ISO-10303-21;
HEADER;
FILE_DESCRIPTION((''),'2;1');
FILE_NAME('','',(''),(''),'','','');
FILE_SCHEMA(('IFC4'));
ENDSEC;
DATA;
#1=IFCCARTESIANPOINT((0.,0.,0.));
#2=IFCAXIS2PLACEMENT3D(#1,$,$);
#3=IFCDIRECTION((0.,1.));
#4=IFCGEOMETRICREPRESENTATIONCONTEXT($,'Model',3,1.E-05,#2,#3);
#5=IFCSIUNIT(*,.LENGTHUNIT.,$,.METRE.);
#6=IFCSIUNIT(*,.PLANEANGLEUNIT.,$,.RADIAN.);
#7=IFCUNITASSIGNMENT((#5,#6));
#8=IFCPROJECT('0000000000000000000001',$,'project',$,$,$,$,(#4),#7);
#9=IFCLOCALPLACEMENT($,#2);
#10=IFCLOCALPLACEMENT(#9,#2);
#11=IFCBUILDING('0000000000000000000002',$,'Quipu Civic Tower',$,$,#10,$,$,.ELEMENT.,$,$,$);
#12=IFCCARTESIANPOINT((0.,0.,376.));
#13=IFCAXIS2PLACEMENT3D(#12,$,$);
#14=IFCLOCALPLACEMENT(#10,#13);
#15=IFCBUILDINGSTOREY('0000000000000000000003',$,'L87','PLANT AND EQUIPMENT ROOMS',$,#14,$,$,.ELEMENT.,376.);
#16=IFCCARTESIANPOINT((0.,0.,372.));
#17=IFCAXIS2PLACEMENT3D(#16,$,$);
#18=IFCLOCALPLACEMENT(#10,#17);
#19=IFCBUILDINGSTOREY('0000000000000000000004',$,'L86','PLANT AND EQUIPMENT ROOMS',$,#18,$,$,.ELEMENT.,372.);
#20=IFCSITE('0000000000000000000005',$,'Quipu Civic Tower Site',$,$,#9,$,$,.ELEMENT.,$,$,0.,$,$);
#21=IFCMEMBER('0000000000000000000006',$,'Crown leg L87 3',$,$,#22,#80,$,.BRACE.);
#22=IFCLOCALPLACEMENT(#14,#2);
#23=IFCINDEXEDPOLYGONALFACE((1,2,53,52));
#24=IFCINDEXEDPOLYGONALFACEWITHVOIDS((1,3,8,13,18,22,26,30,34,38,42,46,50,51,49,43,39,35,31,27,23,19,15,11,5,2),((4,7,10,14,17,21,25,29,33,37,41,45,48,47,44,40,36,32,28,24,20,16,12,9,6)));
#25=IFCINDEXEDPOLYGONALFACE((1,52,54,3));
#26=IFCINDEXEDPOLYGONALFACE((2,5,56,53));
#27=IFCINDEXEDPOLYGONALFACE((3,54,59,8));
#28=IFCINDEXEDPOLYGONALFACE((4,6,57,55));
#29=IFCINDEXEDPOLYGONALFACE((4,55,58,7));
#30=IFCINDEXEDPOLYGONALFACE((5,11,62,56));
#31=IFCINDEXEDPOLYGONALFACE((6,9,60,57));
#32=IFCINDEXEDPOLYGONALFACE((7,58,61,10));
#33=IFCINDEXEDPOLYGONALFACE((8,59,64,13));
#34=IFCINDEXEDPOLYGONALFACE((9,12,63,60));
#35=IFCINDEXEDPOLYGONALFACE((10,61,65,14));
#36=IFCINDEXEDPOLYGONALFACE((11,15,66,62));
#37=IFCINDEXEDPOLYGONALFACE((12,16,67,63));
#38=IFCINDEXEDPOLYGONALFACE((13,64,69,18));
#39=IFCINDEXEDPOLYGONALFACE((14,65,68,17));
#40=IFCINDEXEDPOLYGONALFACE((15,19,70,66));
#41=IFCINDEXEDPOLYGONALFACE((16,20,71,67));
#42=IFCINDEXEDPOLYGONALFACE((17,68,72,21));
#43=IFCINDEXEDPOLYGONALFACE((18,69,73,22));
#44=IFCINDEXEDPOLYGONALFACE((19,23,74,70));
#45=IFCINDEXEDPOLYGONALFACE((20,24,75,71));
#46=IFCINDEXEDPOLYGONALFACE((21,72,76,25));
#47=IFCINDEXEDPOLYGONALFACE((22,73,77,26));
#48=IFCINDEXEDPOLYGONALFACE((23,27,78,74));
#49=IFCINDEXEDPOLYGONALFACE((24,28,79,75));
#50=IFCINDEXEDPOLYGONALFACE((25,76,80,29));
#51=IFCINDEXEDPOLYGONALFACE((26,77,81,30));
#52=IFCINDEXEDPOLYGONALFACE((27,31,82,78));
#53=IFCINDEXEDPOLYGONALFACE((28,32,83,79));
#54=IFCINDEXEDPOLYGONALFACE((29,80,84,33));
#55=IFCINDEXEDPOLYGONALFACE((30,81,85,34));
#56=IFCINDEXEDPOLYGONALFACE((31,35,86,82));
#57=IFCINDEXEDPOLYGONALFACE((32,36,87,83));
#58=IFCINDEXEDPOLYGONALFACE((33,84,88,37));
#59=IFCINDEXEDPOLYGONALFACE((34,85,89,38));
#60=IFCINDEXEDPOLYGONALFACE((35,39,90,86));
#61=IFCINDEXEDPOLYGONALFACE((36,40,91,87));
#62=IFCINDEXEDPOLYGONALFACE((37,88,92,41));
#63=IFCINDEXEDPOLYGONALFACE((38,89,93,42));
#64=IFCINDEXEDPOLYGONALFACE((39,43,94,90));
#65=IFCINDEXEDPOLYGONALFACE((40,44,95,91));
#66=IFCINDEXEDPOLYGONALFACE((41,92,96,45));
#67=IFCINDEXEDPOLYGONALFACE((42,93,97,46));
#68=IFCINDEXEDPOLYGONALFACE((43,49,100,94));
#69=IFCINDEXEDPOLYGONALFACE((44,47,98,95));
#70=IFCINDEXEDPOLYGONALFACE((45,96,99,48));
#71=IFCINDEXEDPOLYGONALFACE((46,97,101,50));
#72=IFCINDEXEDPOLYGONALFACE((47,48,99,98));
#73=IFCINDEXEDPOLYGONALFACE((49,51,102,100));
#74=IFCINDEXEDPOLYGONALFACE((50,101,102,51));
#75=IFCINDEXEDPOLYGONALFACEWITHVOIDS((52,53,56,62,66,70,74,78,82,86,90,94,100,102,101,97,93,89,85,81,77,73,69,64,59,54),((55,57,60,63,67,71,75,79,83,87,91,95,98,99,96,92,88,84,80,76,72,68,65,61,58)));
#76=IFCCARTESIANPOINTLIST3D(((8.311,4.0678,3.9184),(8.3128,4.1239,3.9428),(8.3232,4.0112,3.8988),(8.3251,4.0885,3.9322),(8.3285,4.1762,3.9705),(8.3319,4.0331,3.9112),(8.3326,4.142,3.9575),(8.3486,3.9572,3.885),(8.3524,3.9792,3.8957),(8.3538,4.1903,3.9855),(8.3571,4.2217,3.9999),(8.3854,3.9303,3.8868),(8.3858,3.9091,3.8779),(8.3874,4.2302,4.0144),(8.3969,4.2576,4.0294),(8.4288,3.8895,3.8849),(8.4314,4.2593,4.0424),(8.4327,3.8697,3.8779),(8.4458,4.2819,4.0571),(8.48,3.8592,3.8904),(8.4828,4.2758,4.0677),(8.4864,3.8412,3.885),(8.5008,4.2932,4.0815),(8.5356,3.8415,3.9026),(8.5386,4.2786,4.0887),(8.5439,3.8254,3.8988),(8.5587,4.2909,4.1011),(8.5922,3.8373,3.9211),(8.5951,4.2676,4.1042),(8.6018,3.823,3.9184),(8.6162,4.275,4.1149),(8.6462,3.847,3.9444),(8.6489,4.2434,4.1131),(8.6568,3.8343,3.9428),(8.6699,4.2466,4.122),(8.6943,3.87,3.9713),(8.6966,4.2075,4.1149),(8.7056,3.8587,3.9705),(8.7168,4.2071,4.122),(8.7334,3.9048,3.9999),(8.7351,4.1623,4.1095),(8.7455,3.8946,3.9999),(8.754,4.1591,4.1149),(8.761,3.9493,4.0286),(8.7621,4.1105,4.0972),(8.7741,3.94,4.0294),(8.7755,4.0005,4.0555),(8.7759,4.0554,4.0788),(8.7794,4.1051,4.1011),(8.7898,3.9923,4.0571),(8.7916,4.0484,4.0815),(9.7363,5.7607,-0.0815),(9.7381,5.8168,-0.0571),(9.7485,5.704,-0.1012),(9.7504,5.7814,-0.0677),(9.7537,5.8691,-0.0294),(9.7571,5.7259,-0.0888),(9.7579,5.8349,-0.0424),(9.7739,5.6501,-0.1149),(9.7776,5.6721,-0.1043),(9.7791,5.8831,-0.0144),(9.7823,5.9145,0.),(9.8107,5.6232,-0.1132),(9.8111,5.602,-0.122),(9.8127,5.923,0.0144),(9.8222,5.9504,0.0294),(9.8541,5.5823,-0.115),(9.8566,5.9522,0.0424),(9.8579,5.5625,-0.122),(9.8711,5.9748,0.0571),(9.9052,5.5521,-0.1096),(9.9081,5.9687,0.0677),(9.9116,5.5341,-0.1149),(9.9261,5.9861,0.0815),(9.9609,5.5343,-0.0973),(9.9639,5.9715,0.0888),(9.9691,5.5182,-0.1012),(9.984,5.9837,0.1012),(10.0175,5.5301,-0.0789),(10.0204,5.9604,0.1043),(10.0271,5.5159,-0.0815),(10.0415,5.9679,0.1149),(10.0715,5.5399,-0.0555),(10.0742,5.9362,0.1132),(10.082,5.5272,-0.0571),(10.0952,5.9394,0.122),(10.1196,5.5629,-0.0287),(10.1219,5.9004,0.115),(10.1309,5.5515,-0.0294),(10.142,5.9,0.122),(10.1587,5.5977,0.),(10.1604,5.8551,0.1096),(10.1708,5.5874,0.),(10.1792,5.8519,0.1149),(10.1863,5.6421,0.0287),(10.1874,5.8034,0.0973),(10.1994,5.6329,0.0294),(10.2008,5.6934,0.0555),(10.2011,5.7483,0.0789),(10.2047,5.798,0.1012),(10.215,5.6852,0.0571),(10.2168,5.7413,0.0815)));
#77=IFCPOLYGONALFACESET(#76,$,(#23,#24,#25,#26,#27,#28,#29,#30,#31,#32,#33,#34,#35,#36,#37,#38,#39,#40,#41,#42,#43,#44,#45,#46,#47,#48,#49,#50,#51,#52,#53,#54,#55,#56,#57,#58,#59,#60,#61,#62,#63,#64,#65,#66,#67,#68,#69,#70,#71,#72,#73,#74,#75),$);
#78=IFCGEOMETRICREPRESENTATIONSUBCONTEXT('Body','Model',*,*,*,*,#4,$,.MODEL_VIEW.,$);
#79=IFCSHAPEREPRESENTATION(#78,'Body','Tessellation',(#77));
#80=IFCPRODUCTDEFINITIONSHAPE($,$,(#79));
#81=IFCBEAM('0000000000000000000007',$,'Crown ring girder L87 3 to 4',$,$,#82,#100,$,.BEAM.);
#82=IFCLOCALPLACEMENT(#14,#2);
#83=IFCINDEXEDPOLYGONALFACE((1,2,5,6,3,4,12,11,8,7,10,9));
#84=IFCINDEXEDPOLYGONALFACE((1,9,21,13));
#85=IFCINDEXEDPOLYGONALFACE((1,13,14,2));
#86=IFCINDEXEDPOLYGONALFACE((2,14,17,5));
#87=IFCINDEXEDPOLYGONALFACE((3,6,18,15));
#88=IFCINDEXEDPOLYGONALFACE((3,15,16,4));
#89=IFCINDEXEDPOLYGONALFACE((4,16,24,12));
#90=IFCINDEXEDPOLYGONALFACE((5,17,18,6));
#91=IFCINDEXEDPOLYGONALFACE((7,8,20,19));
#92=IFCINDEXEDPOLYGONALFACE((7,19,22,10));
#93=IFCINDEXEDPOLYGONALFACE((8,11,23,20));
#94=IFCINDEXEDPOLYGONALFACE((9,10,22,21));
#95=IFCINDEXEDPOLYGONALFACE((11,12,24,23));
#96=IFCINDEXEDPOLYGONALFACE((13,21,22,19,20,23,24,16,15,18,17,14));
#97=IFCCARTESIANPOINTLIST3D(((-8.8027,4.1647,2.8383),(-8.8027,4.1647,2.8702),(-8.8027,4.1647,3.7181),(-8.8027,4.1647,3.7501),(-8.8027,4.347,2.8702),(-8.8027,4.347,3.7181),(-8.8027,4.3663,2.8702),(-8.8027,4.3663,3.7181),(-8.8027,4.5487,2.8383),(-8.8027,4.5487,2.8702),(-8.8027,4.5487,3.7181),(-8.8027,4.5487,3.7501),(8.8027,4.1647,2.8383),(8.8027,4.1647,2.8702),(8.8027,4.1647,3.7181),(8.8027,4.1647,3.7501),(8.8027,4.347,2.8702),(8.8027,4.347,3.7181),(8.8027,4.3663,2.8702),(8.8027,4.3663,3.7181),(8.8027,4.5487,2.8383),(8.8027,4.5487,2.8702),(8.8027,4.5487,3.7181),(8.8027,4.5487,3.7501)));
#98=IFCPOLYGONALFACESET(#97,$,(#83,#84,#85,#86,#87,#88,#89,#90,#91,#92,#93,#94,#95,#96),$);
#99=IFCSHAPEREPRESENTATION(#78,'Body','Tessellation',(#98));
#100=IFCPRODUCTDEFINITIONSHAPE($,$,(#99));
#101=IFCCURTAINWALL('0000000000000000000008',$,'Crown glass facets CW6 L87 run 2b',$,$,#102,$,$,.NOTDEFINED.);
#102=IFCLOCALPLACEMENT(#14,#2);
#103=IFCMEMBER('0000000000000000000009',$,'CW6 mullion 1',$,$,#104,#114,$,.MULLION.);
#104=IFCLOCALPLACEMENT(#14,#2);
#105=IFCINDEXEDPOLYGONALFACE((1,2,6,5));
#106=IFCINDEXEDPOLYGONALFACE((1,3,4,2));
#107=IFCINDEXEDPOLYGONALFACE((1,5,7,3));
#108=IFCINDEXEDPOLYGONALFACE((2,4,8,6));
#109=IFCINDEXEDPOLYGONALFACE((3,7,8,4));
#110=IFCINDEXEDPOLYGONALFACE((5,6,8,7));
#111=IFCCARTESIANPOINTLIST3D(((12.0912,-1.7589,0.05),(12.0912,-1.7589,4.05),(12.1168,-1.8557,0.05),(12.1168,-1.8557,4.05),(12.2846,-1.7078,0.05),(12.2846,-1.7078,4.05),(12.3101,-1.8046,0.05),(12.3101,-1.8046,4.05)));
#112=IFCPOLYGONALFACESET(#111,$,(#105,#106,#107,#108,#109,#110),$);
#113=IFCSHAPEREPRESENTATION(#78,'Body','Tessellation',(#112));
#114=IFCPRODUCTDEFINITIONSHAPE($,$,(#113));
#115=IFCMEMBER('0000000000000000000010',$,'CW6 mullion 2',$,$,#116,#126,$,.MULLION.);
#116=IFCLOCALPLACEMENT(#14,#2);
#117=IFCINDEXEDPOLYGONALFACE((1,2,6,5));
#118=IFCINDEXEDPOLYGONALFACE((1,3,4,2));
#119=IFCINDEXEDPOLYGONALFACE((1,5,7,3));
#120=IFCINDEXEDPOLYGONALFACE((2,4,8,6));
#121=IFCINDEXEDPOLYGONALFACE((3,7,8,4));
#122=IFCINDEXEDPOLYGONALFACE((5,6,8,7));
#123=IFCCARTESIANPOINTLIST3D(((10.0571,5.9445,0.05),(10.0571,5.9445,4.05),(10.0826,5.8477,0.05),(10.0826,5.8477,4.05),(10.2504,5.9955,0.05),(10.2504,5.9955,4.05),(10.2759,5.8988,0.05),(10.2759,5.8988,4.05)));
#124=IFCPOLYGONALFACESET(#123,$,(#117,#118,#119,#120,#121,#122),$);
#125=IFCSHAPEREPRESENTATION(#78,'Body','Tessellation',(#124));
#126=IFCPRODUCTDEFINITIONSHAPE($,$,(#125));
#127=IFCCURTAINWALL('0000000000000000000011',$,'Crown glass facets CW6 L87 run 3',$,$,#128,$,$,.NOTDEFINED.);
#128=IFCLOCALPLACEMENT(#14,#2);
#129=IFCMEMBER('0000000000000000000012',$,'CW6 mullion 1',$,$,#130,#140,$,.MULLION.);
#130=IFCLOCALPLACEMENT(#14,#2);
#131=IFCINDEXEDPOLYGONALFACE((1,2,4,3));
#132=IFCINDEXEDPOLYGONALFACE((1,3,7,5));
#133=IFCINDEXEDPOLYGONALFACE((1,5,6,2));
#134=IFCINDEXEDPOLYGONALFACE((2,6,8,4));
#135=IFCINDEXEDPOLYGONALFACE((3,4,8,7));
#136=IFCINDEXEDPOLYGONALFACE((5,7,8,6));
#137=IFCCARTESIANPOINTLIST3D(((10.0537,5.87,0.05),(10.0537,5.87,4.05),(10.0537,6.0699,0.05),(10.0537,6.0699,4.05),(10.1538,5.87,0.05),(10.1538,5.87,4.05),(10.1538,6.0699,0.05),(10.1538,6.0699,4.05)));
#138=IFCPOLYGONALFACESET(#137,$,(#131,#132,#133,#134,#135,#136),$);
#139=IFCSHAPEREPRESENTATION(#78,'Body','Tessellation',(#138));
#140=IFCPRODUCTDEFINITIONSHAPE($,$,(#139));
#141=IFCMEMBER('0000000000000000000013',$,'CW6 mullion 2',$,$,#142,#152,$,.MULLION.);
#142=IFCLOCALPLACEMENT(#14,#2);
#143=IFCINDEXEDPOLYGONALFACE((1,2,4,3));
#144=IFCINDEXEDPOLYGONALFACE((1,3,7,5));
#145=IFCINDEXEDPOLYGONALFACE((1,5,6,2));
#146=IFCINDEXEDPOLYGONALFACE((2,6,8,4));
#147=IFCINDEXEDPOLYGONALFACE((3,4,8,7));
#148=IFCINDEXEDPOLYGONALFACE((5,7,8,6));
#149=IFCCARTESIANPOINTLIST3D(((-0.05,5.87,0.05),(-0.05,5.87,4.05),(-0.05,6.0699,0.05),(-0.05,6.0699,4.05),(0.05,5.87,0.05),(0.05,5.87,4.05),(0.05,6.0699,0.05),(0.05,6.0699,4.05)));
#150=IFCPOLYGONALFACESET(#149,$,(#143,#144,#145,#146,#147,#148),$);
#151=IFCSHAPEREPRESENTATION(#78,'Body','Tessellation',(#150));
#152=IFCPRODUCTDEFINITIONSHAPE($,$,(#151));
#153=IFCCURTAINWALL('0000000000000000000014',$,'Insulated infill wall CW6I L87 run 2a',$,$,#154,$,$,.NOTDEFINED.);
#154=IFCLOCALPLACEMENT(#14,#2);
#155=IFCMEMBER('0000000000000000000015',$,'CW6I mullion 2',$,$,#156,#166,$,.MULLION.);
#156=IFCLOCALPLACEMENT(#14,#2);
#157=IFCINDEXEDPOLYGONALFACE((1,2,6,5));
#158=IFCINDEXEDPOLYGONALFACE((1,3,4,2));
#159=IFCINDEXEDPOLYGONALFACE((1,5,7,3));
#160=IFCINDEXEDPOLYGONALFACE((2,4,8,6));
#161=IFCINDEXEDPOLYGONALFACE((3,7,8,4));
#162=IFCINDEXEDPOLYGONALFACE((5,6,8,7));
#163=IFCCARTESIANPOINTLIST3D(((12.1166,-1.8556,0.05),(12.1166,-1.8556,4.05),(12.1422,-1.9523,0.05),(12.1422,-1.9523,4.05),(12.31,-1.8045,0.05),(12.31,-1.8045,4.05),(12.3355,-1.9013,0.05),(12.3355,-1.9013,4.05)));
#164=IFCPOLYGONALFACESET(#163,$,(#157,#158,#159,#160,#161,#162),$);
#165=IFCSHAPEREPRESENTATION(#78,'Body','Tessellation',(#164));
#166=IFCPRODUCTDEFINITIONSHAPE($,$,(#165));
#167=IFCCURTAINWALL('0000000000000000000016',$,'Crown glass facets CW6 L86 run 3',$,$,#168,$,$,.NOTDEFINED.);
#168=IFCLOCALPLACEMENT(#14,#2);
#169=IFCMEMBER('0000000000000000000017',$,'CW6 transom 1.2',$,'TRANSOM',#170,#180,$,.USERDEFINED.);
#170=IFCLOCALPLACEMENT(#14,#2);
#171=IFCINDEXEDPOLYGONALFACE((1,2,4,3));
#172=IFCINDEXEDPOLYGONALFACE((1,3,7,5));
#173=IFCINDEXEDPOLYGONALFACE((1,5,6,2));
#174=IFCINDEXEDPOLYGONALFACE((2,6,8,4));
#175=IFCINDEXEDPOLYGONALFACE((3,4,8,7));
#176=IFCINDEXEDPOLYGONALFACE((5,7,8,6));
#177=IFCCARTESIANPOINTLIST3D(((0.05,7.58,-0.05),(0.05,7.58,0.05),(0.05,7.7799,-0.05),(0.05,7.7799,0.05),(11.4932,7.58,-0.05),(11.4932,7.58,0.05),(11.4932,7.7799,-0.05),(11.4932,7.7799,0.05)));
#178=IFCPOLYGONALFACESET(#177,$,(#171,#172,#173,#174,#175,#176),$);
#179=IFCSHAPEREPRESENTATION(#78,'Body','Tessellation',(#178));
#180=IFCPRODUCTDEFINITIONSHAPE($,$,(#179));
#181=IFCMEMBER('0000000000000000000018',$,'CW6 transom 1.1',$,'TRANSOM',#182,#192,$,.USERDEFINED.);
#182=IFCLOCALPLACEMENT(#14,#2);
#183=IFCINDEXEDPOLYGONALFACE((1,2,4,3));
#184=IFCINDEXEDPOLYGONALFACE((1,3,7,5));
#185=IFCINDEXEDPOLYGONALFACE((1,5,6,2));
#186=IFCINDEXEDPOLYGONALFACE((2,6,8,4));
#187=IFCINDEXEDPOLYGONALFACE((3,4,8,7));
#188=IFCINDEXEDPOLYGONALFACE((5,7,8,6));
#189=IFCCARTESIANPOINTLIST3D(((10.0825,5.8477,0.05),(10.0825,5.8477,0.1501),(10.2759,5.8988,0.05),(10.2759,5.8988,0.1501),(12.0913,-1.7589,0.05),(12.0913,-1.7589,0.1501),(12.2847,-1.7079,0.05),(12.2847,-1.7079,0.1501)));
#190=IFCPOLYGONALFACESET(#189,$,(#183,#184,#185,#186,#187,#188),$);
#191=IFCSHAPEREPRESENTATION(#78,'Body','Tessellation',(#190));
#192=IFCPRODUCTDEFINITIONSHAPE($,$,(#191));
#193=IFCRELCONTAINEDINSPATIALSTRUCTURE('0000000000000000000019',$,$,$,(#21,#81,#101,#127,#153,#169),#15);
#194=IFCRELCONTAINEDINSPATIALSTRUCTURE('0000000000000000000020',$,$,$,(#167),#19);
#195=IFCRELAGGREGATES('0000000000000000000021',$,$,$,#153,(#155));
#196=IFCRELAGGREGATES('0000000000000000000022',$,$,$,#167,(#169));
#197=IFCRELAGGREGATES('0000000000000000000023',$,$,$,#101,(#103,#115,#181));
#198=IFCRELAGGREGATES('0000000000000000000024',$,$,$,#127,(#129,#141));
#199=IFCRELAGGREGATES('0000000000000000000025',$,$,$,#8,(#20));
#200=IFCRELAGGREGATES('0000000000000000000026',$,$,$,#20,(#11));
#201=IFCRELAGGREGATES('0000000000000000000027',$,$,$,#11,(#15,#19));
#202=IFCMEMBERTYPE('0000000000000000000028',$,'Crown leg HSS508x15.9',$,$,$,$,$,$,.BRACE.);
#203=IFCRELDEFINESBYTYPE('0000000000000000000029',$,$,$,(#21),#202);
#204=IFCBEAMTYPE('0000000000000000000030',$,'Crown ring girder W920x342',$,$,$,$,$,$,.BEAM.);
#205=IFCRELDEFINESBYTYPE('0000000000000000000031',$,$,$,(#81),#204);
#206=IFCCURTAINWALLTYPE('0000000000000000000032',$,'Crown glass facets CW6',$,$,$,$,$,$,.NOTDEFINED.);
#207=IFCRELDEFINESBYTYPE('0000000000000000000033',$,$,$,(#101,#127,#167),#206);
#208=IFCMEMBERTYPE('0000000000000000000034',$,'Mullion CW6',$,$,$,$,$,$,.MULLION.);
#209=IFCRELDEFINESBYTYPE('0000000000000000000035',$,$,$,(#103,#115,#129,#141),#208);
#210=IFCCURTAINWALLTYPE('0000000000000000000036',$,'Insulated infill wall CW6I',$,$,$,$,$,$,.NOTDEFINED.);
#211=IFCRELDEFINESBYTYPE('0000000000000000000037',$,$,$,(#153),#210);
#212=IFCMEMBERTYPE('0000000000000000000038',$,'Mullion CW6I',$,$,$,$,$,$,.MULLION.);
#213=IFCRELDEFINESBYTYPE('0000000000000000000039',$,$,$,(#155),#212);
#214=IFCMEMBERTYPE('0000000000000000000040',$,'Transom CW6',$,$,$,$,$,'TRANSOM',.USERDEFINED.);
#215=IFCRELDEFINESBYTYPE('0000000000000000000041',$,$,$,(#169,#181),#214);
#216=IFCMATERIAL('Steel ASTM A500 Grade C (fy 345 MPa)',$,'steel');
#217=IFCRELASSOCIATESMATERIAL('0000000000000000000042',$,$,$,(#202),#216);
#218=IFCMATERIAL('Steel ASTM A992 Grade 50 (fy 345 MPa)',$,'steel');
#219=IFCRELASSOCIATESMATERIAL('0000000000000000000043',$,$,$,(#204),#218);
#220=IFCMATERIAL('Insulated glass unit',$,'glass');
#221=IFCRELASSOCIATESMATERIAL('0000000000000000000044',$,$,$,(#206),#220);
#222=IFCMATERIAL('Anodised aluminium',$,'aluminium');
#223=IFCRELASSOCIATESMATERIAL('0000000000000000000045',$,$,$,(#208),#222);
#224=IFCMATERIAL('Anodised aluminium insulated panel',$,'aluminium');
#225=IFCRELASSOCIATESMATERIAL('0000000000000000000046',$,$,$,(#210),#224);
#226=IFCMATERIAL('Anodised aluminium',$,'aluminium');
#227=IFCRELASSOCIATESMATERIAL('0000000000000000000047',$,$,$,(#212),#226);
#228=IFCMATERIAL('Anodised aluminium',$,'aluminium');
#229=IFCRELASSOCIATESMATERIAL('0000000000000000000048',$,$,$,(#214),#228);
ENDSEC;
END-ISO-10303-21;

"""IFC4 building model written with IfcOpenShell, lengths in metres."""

from ifc_helpers import new_model, si_unit, direction, frame, origin, origin_2d, place, context, subcontext, project, spatial, rectangle, hollow_circle, i_section, extrude, material, material_profile, profile_set, type_object, element, aggregate, save


model = new_model("IFC4")

# Units and contexts
model_context = context("Model", 3, precision=1e-05, world=origin(), true_north=direction((0.0, 1.0)))
body_context = subcontext(model_context, "Body", "Model", "MODEL_VIEW")
ifc_project = project(units=[si_unit("LENGTHUNIT", "METRE"), si_unit("PLANEANGLEUNIT", "RADIAN")], contexts=[model_context])

# Site, building, storey
site_placement = place(None, origin())
site = spatial("IfcSite", under=ifc_project, at=site_placement, Name="Quipu Civic Tower Site", CompositionType="ELEMENT", RefElevation=0.0)
building_placement = place(site_placement, origin())
building = spatial("IfcBuilding", under=site, at=building_placement, Name="Quipu Civic Tower", CompositionType="ELEMENT")
storey_1_placement = place(building_placement, frame((0.0, 0.0, 376.0)))
storey_1 = spatial("IfcBuildingStorey", under=building, at=storey_1_placement, Name="L87", Description="PLANT AND EQUIPMENT ROOMS", CompositionType="ELEMENT", Elevation=376.0)

# Member
ifc_material_1 = material(Name="Steel ASTM A500 Grade C (fy 345 MPa)", Category="steel")
ifc_material_profile_1 = material_profile(ifc_material_1, hollow_circle(Radius=0.2539, WallThickness=0.0159, at=origin_2d()), Name="HSS508x15.9")
ifc_profile_set_1 = profile_set([ifc_material_profile_1], Name="Steel ASTM A500 Grade C (fy 345 MPa)")
member_type_1 = type_object("IfcMemberType", Name="Crown leg HSS508x15.9", PredefinedType="BRACE", material=ifc_profile_set_1)
member_1_placement = place(storey_1_placement, frame((9.9766, 5.751, 0.0), z_axis=(-0.311788, -0.370322, 0.875014), x_axis=(0.764974, -0.644061, 0.0)))
element("IfcMember", 1, at=member_1_placement, inside=storey_1, type_object=member_type_1, Name="Crown leg L87 3", PredefinedType="BRACE", context=body_context, shape_type="SweptSolid", body=[
    extrude(hollow_circle(Radius=0.2539, WallThickness=0.0159, at=origin_2d()), origin(), (0.0, 0.0, 1.0), 4.5713),
])

# Beam
ifc_material_2 = material(Name="Steel ASTM A992 Grade 50 (fy 345 MPa)", Category="steel")
ifc_material_profile_2 = material_profile(ifc_material_2, i_section(OverallWidth=0.384, OverallDepth=0.9119, WebThickness=0.0193, FlangeThickness=0.032, at=origin_2d()), Name="W920x342")
ifc_profile_set_2 = profile_set([ifc_material_profile_2], Name="Steel ASTM A992 Grade 50 (fy 345 MPa)")
beam_type = type_object("IfcBeamType", Name="Crown ring girder W920x342", PredefinedType="BEAM", material=ifc_profile_set_2)
beam_placement = place(storey_1_placement, frame((8.8027, 4.3567, 3.2942), z_axis=(-1.0, 0.0, 0.0), x_axis=(0.0, -1.0, 0.0)))
element("IfcBeam", 2, at=beam_placement, inside=storey_1, type_object=beam_type, Name="Crown ring girder L87 3 to 4", PredefinedType="BEAM", context=body_context, shape_type="SweptSolid", body=[
    extrude(i_section(OverallWidth=0.384, OverallDepth=0.9119, WebThickness=0.0193, FlangeThickness=0.032, at=origin_2d()), origin(), (0.0, 0.0, 1.0), 17.6055),
])

# Curtain walls, members
ifc_material_3 = material(Name="Insulated glass unit", Category="glass")
curtain_wall_type_1 = type_object("IfcCurtainWallType", Name="Crown glass facets CW6", PredefinedType="NOTDEFINED", material=ifc_material_3)
curtain_wall_1_placement = place(storey_1_placement, origin())
curtain_wall_1 = element("IfcCurtainWall", 3, at=curtain_wall_1_placement, inside=storey_1, type_object=curtain_wall_type_1, Name="Crown glass facets CW6 L87 run 2b", PredefinedType="NOTDEFINED")
ifc_material_4 = material(Name="Anodised aluminium", Category="aluminium")
ifc_material_profile_3 = material_profile(ifc_material_4, rectangle(XDim=0.2, YDim=0.1001, at=origin_2d()), Name="RECT 200x100")
ifc_profile_set_3 = profile_set([ifc_material_profile_3], Name="Anodised aluminium")
member_type_2 = type_object("IfcMemberType", Name="Mullion CW6", PredefinedType="MULLION", material=ifc_profile_set_3)
member_2_placement = place(storey_1_placement, frame((12.2007, -1.7817, 0.05), z_axis=(0.0, 0.0, 1.0), x_axis=(-0.966859, -0.255313, 0.0)))
member_2 = element("IfcMember", 4, at=member_2_placement, type_object=member_type_2, Name="CW6 mullion 1", PredefinedType="MULLION", context=body_context, shape_type="SweptSolid", body=[
    extrude(rectangle(XDim=0.2, YDim=0.1001, at=origin_2d()), origin(), (0.0, 0.0, 1.0), 4.0),
])
member_3_placement = place(storey_1_placement, frame((10.1665, 5.9216, 0.05), z_axis=(0.0, 0.0, 1.0), x_axis=(-0.966859, -0.255313, 0.0)))
member_3 = element("IfcMember", 5, at=member_3_placement, type_object=member_type_2, Name="CW6 mullion 2", PredefinedType="MULLION", context=body_context, shape_type="SweptSolid", body=[
    extrude(rectangle(XDim=0.2, YDim=0.1001, at=origin_2d()), origin(), (0.0, 0.0, 1.0), 4.0),
])
curtain_wall_2_placement = place(storey_1_placement, origin())
curtain_wall_2 = element("IfcCurtainWall", 6, at=curtain_wall_2_placement, inside=storey_1, type_object=curtain_wall_type_1, Name="Crown glass facets CW6 L87 run 3", PredefinedType="NOTDEFINED")
member_4_placement = place(storey_1_placement, frame((10.1038, 5.97, 0.05), z_axis=(0.0, 0.0, 1.0), x_axis=(0.0, -1.0, 0.0)))
member_4 = element("IfcMember", 7, at=member_4_placement, type_object=member_type_2, Name="CW6 mullion 1", PredefinedType="MULLION", context=body_context, shape_type="SweptSolid", body=[
    extrude(rectangle(XDim=0.2, YDim=0.1001, at=origin_2d()), origin(), (0.0, 0.0, 1.0), 4.0),
])
member_5_placement = place(storey_1_placement, frame((0.0, 5.97, 0.05), z_axis=(0.0, 0.0, 1.0), x_axis=(0.0, -1.0, 0.0)))
member_5 = element("IfcMember", 8, at=member_5_placement, type_object=member_type_2, Name="CW6 mullion 2", PredefinedType="MULLION", context=body_context, shape_type="SweptSolid", body=[
    extrude(rectangle(XDim=0.2, YDim=0.1001, at=origin_2d()), origin(), (0.0, 0.0, 1.0), 4.0),
])

# Curtain wall, member
ifc_material_5 = material(Name="Anodised aluminium insulated panel", Category="aluminium")
curtain_wall_type_2 = type_object("IfcCurtainWallType", Name="Insulated infill wall CW6I", PredefinedType="NOTDEFINED", material=ifc_material_5)
curtain_wall_3_placement = place(storey_1_placement, origin())
curtain_wall_3 = element("IfcCurtainWall", 9, at=curtain_wall_3_placement, inside=storey_1, type_object=curtain_wall_type_2, Name="Insulated infill wall CW6I L87 run 2a", PredefinedType="NOTDEFINED")
ifc_material_6 = material(Name="Anodised aluminium", Category="aluminium")
ifc_material_profile_4 = material_profile(ifc_material_6, rectangle(XDim=0.2, YDim=0.1001, at=origin_2d()), Name="RECT 200x100")
ifc_profile_set_4 = profile_set([ifc_material_profile_4], Name="Anodised aluminium")
member_type_3 = type_object("IfcMemberType", Name="Mullion CW6I", PredefinedType="MULLION", material=ifc_profile_set_4)
member_6_placement = place(storey_1_placement, frame((12.2261, -1.8784, 0.05), z_axis=(0.0, 0.0, 1.0), x_axis=(-0.966859, -0.255313, 0.0)))
member_6 = element("IfcMember", 10, at=member_6_placement, type_object=member_type_3, Name="CW6I mullion 2", PredefinedType="MULLION", context=body_context, shape_type="SweptSolid", body=[
    extrude(rectangle(XDim=0.2, YDim=0.1001, at=origin_2d()), origin(), (0.0, 0.0, 1.0), 4.0),
])
aggregate(curtain_wall_3, [member_6])

# Shared definitions
storey_2_placement = place(building_placement, frame((0.0, 0.0, 372.0)))
storey_2 = spatial("IfcBuildingStorey", under=building, at=storey_2_placement, Name="L86", Description="PLANT AND EQUIPMENT ROOMS", CompositionType="ELEMENT", Elevation=372.0)

# Curtain wall, member
curtain_wall_4_placement = place(storey_2_placement, origin())
curtain_wall_4 = element("IfcCurtainWall", 11, at=curtain_wall_4_placement, inside=storey_2, type_object=curtain_wall_type_1, Name="Crown glass facets CW6 L86 run 3", PredefinedType="NOTDEFINED")
ifc_material_7 = material(Name="Anodised aluminium", Category="aluminium")
ifc_material_profile_5 = material_profile(ifc_material_7, rectangle(XDim=0.2, YDim=0.1001, at=origin_2d()), Name="RECT 200x100")
ifc_profile_set_5 = profile_set([ifc_material_profile_5], Name="Anodised aluminium")
member_type_4 = type_object("IfcMemberType", Name="Transom CW6", ElementType="TRANSOM", PredefinedType="USERDEFINED", material=ifc_profile_set_5)
member_7_placement = place(storey_1_placement, frame((11.4932, 7.6799, 0.0), z_axis=(-1.0, 0.0, 0.0), x_axis=(0.0, -1.0, 0.0)))
member_7 = element("IfcMember", 12, at=member_7_placement, inside=storey_1, type_object=member_type_4, Name="CW6 transom 1.2", ObjectType="TRANSOM", PredefinedType="USERDEFINED", context=body_context, shape_type="SweptSolid", body=[
    extrude(rectangle(XDim=0.2, YDim=0.1001, at=origin_2d()), origin(), (0.0, 0.0, 1.0), 11.4431),
])
aggregate(curtain_wall_4, [member_7])

# Member
member_8_placement = place(storey_1_placement, frame((12.188, -1.7334, 0.1001), z_axis=(-0.255329, 0.966854, 0.0), x_axis=(-0.966854, -0.255329, 0.0)))
member_8 = element("IfcMember", 13, at=member_8_placement, type_object=member_type_4, Name="CW6 transom 1.1", ObjectType="TRANSOM", PredefinedType="USERDEFINED", context=body_context, shape_type="SweptSolid", body=[
    extrude(rectangle(XDim=0.2, YDim=0.1001, at=origin_2d()), origin(), (0.0, 0.0, 1.0), 7.8674),
])

aggregate(curtain_wall_1, [member_2, member_3, member_8])
aggregate(curtain_wall_2, [member_4, member_5])

save(model, "model.ifc")
